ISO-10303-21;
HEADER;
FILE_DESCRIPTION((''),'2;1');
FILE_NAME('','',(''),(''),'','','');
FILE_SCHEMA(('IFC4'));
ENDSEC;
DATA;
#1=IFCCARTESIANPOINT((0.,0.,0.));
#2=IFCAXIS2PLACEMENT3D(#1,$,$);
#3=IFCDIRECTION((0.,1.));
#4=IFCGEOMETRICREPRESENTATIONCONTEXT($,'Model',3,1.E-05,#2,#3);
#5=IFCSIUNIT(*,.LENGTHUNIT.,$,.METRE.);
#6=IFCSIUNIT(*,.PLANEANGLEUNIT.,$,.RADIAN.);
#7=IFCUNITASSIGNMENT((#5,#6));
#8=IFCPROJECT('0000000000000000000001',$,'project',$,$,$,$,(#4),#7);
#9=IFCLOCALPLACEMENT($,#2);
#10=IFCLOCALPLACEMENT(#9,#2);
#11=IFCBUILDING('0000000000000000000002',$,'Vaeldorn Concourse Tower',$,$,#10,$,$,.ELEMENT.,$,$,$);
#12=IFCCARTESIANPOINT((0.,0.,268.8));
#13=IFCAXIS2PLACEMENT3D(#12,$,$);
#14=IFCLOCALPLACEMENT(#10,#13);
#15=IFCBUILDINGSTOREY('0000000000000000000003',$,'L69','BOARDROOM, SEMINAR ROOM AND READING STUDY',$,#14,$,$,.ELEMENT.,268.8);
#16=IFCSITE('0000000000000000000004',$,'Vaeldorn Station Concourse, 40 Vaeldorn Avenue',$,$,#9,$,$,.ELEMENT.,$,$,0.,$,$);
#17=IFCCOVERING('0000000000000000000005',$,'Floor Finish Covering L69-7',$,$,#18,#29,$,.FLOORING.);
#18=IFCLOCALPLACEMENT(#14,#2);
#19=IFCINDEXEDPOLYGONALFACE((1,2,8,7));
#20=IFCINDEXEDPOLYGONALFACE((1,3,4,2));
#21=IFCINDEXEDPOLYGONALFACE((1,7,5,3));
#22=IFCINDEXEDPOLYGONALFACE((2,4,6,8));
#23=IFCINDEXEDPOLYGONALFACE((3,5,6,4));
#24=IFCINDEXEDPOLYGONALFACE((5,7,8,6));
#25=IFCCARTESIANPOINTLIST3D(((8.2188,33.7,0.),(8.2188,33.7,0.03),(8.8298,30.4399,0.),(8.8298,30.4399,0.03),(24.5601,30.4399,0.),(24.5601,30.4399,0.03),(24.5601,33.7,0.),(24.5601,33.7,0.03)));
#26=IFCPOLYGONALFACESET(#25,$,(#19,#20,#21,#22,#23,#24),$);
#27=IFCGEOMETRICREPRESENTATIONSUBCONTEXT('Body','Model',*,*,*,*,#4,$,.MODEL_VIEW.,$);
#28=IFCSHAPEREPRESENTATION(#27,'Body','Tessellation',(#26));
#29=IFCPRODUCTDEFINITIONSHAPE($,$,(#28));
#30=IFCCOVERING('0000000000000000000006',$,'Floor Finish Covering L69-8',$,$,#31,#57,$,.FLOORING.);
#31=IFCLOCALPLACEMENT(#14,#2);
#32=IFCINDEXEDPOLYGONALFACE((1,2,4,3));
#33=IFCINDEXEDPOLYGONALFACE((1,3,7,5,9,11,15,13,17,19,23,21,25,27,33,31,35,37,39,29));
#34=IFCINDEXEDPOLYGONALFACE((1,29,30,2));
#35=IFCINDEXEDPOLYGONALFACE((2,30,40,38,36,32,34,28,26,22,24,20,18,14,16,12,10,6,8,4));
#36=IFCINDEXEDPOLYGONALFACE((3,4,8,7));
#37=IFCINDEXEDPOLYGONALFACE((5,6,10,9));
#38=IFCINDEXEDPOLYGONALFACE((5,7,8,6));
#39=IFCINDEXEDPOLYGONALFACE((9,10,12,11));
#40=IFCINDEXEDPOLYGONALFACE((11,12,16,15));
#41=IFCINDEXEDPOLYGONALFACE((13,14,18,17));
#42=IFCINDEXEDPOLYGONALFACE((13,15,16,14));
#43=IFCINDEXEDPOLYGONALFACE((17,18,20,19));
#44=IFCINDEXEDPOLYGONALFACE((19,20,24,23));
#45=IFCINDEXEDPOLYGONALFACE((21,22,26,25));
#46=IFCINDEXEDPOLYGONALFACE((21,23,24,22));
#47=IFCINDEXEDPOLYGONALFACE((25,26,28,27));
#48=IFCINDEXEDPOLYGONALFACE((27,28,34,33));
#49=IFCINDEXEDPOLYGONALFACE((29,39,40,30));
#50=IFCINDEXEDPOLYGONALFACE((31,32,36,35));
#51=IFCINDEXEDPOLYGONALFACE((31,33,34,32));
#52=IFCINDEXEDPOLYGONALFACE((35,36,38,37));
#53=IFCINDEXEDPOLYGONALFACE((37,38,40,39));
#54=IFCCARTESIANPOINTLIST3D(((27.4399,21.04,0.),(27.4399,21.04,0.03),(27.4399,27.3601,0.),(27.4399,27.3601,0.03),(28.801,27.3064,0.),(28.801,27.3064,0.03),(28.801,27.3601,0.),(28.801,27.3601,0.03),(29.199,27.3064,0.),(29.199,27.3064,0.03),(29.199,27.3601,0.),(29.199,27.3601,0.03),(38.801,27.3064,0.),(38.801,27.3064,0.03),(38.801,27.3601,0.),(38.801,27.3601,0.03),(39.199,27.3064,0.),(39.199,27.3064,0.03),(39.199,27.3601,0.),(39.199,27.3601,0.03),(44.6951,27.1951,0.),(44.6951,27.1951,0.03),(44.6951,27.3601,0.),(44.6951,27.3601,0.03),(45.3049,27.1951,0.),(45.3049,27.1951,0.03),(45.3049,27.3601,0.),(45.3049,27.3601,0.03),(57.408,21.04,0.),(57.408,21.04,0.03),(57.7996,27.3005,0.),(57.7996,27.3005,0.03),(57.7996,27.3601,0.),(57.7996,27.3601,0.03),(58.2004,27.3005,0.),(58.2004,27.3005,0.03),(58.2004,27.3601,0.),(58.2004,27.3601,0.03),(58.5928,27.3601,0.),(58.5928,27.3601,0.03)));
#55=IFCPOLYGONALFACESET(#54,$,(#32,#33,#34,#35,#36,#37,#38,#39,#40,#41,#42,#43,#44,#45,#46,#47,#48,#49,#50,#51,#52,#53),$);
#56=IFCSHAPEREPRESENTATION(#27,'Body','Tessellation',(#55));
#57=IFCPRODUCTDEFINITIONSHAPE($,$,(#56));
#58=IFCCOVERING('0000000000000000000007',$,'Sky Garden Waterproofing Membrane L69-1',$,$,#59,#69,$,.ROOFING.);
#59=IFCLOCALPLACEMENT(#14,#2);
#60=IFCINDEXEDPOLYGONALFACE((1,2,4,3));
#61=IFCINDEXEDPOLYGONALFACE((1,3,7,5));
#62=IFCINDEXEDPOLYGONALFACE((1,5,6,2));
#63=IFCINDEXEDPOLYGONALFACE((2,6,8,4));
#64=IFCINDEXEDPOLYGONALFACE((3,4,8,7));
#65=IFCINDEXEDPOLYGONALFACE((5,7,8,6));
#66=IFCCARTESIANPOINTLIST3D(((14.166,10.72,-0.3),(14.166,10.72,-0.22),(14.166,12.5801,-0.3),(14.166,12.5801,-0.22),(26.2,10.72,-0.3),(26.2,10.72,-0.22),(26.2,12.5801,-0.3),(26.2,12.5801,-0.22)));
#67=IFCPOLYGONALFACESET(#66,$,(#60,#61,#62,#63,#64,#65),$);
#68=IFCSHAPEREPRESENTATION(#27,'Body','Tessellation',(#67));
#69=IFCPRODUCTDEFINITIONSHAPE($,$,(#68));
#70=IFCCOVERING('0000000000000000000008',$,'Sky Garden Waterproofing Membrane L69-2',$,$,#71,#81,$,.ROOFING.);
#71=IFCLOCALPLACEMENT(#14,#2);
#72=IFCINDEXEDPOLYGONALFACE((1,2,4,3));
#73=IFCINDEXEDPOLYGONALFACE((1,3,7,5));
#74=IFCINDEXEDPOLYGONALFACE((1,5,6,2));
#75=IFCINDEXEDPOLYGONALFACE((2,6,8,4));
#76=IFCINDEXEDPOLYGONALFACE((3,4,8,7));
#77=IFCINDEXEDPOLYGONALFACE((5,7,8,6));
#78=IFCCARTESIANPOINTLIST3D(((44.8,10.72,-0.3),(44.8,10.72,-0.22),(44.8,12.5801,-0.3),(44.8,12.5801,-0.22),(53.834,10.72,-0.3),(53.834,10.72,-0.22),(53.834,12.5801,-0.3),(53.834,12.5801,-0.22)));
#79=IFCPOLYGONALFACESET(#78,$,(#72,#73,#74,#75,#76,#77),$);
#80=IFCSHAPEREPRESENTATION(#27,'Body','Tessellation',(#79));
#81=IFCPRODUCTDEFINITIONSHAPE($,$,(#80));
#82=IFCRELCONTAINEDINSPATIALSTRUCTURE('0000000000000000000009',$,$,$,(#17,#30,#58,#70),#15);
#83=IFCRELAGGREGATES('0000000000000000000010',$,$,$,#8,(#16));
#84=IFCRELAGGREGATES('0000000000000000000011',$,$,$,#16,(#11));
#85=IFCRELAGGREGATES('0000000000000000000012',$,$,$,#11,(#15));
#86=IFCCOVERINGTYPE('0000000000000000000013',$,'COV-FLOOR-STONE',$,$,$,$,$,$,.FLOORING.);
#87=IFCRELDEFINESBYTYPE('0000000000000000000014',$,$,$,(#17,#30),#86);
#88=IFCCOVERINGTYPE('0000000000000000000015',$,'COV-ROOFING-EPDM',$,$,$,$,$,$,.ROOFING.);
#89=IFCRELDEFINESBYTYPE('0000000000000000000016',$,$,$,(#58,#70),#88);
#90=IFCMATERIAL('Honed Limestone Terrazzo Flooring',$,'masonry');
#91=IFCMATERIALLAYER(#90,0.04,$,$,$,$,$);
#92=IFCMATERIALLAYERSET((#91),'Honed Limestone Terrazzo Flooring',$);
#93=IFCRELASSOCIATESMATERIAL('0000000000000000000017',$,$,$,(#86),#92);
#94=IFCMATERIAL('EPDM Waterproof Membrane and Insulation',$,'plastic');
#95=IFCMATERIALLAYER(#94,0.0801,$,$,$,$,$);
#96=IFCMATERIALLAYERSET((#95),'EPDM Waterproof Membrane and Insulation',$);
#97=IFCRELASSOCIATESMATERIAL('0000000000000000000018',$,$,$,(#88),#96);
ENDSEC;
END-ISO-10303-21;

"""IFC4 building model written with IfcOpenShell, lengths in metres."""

from ifc_helpers import new_model, si_unit, direction, frame, origin, place, context, subcontext, project, spatial, polyline, outline, extrude, material, layer, layer_set, type_object, element, save


model = new_model("IFC4")

# Units and contexts
model_context = context("Model", 3, precision=1e-05, world=origin(), true_north=direction((0.0, 1.0)))
body_context = subcontext(model_context, "Body", "Model", "MODEL_VIEW")
ifc_project = project(units=[si_unit("LENGTHUNIT", "METRE"), si_unit("PLANEANGLEUNIT", "RADIAN")], contexts=[model_context])

# Site, building, storey
site_placement = place(None, origin())
site = spatial("IfcSite", under=ifc_project, at=site_placement, Name="Vaeldorn Station Concourse, 40 Vaeldorn Avenue", CompositionType="ELEMENT", RefElevation=0.0)
building_placement = place(site_placement, origin())
building = spatial("IfcBuilding", under=site, at=building_placement, Name="Vaeldorn Concourse Tower", CompositionType="ELEMENT")
storey_placement = place(building_placement, frame((0.0, 0.0, 268.8)))
storey = spatial("IfcBuildingStorey", under=building, at=storey_placement, Name="L69", Description="BOARDROOM, SEMINAR ROOM AND READING STUDY", CompositionType="ELEMENT", Elevation=268.8)

# Coverings
ifc_material_1 = material(Name="Honed Limestone Terrazzo Flooring", Category="masonry")
ifc_layer_1 = layer(ifc_material_1, 0.04)
ifc_layer_set_1 = layer_set([ifc_layer_1], Name="Honed Limestone Terrazzo Flooring")
covering_type_1 = type_object("IfcCoveringType", Name="COV-FLOOR-STONE", PredefinedType="FLOORING", material=ifc_layer_set_1)
covering_1_placement = place(storey_placement, origin())
element("IfcCovering", 1, at=covering_1_placement, inside=storey, type_object=covering_type_1, Name="Floor Finish Covering L69-7", PredefinedType="FLOORING", context=body_context, shape_type="SweptSolid", body=[
    extrude(outline(polyline([(24.5601, 33.7), (24.5601, 30.4399), (8.8298, 30.4399), (8.2188, 33.7), (24.5601, 33.7)])), origin(), (0.0, 0.0, 1.0), 0.03),
])
covering_2_placement = place(storey_placement, origin())
element("IfcCovering", 2, at=covering_2_placement, inside=storey, type_object=covering_type_1, Name="Floor Finish Covering L69-8", PredefinedType="FLOORING", context=body_context, shape_type="SweptSolid", body=[
    extrude(outline(polyline([(57.408, 21.04), (27.4399, 21.04), (27.4399, 27.3601), (28.801, 27.3601), (28.801, 27.3064), (29.199, 27.3064), (29.199, 27.3601), (38.801, 27.3601), (38.801, 27.3064), (39.199, 27.3064), (39.199, 27.3601), (44.6951, 27.3601), (44.6951, 27.1951), (45.3049, 27.1951), (45.3049, 27.3601), (57.7996, 27.3601), (57.7996, 27.3005), (58.2004, 27.3005), (58.2004, 27.3601), (58.5928, 27.3601), (57.408, 21.04)])), origin(), (0.0, 0.0, 1.0), 0.03),
])
ifc_material_2 = material(Name="EPDM Waterproof Membrane and Insulation", Category="plastic")
ifc_layer_2 = layer(ifc_material_2, 0.0801)
ifc_layer_set_2 = layer_set([ifc_layer_2], Name="EPDM Waterproof Membrane and Insulation")
covering_type_2 = type_object("IfcCoveringType", Name="COV-ROOFING-EPDM", PredefinedType="ROOFING", material=ifc_layer_set_2)
covering_3_placement = place(storey_placement, frame((0.0, 0.0, -0.3)))
element("IfcCovering", 3, at=covering_3_placement, inside=storey, type_object=covering_type_2, Name="Sky Garden Waterproofing Membrane L69-1", PredefinedType="ROOFING", context=body_context, shape_type="SweptSolid", body=[
    extrude(outline(polyline([(14.166, 10.72), (26.2, 10.72), (26.2, 12.5801), (14.166, 12.5801), (14.166, 10.72)])), origin(), (0.0, 0.0, 1.0), 0.0801),
])
covering_4_placement = place(storey_placement, frame((0.0, 0.0, -0.3)))
element("IfcCovering", 4, at=covering_4_placement, inside=storey, type_object=covering_type_2, Name="Sky Garden Waterproofing Membrane L69-2", PredefinedType="ROOFING", context=body_context, shape_type="SweptSolid", body=[
    extrude(outline(polyline([(44.8, 10.72), (53.834, 10.72), (53.834, 12.5801), (44.8, 12.5801), (44.8, 10.72)])), origin(), (0.0, 0.0, 1.0), 0.0801),
])

save(model, "model.ifc")
